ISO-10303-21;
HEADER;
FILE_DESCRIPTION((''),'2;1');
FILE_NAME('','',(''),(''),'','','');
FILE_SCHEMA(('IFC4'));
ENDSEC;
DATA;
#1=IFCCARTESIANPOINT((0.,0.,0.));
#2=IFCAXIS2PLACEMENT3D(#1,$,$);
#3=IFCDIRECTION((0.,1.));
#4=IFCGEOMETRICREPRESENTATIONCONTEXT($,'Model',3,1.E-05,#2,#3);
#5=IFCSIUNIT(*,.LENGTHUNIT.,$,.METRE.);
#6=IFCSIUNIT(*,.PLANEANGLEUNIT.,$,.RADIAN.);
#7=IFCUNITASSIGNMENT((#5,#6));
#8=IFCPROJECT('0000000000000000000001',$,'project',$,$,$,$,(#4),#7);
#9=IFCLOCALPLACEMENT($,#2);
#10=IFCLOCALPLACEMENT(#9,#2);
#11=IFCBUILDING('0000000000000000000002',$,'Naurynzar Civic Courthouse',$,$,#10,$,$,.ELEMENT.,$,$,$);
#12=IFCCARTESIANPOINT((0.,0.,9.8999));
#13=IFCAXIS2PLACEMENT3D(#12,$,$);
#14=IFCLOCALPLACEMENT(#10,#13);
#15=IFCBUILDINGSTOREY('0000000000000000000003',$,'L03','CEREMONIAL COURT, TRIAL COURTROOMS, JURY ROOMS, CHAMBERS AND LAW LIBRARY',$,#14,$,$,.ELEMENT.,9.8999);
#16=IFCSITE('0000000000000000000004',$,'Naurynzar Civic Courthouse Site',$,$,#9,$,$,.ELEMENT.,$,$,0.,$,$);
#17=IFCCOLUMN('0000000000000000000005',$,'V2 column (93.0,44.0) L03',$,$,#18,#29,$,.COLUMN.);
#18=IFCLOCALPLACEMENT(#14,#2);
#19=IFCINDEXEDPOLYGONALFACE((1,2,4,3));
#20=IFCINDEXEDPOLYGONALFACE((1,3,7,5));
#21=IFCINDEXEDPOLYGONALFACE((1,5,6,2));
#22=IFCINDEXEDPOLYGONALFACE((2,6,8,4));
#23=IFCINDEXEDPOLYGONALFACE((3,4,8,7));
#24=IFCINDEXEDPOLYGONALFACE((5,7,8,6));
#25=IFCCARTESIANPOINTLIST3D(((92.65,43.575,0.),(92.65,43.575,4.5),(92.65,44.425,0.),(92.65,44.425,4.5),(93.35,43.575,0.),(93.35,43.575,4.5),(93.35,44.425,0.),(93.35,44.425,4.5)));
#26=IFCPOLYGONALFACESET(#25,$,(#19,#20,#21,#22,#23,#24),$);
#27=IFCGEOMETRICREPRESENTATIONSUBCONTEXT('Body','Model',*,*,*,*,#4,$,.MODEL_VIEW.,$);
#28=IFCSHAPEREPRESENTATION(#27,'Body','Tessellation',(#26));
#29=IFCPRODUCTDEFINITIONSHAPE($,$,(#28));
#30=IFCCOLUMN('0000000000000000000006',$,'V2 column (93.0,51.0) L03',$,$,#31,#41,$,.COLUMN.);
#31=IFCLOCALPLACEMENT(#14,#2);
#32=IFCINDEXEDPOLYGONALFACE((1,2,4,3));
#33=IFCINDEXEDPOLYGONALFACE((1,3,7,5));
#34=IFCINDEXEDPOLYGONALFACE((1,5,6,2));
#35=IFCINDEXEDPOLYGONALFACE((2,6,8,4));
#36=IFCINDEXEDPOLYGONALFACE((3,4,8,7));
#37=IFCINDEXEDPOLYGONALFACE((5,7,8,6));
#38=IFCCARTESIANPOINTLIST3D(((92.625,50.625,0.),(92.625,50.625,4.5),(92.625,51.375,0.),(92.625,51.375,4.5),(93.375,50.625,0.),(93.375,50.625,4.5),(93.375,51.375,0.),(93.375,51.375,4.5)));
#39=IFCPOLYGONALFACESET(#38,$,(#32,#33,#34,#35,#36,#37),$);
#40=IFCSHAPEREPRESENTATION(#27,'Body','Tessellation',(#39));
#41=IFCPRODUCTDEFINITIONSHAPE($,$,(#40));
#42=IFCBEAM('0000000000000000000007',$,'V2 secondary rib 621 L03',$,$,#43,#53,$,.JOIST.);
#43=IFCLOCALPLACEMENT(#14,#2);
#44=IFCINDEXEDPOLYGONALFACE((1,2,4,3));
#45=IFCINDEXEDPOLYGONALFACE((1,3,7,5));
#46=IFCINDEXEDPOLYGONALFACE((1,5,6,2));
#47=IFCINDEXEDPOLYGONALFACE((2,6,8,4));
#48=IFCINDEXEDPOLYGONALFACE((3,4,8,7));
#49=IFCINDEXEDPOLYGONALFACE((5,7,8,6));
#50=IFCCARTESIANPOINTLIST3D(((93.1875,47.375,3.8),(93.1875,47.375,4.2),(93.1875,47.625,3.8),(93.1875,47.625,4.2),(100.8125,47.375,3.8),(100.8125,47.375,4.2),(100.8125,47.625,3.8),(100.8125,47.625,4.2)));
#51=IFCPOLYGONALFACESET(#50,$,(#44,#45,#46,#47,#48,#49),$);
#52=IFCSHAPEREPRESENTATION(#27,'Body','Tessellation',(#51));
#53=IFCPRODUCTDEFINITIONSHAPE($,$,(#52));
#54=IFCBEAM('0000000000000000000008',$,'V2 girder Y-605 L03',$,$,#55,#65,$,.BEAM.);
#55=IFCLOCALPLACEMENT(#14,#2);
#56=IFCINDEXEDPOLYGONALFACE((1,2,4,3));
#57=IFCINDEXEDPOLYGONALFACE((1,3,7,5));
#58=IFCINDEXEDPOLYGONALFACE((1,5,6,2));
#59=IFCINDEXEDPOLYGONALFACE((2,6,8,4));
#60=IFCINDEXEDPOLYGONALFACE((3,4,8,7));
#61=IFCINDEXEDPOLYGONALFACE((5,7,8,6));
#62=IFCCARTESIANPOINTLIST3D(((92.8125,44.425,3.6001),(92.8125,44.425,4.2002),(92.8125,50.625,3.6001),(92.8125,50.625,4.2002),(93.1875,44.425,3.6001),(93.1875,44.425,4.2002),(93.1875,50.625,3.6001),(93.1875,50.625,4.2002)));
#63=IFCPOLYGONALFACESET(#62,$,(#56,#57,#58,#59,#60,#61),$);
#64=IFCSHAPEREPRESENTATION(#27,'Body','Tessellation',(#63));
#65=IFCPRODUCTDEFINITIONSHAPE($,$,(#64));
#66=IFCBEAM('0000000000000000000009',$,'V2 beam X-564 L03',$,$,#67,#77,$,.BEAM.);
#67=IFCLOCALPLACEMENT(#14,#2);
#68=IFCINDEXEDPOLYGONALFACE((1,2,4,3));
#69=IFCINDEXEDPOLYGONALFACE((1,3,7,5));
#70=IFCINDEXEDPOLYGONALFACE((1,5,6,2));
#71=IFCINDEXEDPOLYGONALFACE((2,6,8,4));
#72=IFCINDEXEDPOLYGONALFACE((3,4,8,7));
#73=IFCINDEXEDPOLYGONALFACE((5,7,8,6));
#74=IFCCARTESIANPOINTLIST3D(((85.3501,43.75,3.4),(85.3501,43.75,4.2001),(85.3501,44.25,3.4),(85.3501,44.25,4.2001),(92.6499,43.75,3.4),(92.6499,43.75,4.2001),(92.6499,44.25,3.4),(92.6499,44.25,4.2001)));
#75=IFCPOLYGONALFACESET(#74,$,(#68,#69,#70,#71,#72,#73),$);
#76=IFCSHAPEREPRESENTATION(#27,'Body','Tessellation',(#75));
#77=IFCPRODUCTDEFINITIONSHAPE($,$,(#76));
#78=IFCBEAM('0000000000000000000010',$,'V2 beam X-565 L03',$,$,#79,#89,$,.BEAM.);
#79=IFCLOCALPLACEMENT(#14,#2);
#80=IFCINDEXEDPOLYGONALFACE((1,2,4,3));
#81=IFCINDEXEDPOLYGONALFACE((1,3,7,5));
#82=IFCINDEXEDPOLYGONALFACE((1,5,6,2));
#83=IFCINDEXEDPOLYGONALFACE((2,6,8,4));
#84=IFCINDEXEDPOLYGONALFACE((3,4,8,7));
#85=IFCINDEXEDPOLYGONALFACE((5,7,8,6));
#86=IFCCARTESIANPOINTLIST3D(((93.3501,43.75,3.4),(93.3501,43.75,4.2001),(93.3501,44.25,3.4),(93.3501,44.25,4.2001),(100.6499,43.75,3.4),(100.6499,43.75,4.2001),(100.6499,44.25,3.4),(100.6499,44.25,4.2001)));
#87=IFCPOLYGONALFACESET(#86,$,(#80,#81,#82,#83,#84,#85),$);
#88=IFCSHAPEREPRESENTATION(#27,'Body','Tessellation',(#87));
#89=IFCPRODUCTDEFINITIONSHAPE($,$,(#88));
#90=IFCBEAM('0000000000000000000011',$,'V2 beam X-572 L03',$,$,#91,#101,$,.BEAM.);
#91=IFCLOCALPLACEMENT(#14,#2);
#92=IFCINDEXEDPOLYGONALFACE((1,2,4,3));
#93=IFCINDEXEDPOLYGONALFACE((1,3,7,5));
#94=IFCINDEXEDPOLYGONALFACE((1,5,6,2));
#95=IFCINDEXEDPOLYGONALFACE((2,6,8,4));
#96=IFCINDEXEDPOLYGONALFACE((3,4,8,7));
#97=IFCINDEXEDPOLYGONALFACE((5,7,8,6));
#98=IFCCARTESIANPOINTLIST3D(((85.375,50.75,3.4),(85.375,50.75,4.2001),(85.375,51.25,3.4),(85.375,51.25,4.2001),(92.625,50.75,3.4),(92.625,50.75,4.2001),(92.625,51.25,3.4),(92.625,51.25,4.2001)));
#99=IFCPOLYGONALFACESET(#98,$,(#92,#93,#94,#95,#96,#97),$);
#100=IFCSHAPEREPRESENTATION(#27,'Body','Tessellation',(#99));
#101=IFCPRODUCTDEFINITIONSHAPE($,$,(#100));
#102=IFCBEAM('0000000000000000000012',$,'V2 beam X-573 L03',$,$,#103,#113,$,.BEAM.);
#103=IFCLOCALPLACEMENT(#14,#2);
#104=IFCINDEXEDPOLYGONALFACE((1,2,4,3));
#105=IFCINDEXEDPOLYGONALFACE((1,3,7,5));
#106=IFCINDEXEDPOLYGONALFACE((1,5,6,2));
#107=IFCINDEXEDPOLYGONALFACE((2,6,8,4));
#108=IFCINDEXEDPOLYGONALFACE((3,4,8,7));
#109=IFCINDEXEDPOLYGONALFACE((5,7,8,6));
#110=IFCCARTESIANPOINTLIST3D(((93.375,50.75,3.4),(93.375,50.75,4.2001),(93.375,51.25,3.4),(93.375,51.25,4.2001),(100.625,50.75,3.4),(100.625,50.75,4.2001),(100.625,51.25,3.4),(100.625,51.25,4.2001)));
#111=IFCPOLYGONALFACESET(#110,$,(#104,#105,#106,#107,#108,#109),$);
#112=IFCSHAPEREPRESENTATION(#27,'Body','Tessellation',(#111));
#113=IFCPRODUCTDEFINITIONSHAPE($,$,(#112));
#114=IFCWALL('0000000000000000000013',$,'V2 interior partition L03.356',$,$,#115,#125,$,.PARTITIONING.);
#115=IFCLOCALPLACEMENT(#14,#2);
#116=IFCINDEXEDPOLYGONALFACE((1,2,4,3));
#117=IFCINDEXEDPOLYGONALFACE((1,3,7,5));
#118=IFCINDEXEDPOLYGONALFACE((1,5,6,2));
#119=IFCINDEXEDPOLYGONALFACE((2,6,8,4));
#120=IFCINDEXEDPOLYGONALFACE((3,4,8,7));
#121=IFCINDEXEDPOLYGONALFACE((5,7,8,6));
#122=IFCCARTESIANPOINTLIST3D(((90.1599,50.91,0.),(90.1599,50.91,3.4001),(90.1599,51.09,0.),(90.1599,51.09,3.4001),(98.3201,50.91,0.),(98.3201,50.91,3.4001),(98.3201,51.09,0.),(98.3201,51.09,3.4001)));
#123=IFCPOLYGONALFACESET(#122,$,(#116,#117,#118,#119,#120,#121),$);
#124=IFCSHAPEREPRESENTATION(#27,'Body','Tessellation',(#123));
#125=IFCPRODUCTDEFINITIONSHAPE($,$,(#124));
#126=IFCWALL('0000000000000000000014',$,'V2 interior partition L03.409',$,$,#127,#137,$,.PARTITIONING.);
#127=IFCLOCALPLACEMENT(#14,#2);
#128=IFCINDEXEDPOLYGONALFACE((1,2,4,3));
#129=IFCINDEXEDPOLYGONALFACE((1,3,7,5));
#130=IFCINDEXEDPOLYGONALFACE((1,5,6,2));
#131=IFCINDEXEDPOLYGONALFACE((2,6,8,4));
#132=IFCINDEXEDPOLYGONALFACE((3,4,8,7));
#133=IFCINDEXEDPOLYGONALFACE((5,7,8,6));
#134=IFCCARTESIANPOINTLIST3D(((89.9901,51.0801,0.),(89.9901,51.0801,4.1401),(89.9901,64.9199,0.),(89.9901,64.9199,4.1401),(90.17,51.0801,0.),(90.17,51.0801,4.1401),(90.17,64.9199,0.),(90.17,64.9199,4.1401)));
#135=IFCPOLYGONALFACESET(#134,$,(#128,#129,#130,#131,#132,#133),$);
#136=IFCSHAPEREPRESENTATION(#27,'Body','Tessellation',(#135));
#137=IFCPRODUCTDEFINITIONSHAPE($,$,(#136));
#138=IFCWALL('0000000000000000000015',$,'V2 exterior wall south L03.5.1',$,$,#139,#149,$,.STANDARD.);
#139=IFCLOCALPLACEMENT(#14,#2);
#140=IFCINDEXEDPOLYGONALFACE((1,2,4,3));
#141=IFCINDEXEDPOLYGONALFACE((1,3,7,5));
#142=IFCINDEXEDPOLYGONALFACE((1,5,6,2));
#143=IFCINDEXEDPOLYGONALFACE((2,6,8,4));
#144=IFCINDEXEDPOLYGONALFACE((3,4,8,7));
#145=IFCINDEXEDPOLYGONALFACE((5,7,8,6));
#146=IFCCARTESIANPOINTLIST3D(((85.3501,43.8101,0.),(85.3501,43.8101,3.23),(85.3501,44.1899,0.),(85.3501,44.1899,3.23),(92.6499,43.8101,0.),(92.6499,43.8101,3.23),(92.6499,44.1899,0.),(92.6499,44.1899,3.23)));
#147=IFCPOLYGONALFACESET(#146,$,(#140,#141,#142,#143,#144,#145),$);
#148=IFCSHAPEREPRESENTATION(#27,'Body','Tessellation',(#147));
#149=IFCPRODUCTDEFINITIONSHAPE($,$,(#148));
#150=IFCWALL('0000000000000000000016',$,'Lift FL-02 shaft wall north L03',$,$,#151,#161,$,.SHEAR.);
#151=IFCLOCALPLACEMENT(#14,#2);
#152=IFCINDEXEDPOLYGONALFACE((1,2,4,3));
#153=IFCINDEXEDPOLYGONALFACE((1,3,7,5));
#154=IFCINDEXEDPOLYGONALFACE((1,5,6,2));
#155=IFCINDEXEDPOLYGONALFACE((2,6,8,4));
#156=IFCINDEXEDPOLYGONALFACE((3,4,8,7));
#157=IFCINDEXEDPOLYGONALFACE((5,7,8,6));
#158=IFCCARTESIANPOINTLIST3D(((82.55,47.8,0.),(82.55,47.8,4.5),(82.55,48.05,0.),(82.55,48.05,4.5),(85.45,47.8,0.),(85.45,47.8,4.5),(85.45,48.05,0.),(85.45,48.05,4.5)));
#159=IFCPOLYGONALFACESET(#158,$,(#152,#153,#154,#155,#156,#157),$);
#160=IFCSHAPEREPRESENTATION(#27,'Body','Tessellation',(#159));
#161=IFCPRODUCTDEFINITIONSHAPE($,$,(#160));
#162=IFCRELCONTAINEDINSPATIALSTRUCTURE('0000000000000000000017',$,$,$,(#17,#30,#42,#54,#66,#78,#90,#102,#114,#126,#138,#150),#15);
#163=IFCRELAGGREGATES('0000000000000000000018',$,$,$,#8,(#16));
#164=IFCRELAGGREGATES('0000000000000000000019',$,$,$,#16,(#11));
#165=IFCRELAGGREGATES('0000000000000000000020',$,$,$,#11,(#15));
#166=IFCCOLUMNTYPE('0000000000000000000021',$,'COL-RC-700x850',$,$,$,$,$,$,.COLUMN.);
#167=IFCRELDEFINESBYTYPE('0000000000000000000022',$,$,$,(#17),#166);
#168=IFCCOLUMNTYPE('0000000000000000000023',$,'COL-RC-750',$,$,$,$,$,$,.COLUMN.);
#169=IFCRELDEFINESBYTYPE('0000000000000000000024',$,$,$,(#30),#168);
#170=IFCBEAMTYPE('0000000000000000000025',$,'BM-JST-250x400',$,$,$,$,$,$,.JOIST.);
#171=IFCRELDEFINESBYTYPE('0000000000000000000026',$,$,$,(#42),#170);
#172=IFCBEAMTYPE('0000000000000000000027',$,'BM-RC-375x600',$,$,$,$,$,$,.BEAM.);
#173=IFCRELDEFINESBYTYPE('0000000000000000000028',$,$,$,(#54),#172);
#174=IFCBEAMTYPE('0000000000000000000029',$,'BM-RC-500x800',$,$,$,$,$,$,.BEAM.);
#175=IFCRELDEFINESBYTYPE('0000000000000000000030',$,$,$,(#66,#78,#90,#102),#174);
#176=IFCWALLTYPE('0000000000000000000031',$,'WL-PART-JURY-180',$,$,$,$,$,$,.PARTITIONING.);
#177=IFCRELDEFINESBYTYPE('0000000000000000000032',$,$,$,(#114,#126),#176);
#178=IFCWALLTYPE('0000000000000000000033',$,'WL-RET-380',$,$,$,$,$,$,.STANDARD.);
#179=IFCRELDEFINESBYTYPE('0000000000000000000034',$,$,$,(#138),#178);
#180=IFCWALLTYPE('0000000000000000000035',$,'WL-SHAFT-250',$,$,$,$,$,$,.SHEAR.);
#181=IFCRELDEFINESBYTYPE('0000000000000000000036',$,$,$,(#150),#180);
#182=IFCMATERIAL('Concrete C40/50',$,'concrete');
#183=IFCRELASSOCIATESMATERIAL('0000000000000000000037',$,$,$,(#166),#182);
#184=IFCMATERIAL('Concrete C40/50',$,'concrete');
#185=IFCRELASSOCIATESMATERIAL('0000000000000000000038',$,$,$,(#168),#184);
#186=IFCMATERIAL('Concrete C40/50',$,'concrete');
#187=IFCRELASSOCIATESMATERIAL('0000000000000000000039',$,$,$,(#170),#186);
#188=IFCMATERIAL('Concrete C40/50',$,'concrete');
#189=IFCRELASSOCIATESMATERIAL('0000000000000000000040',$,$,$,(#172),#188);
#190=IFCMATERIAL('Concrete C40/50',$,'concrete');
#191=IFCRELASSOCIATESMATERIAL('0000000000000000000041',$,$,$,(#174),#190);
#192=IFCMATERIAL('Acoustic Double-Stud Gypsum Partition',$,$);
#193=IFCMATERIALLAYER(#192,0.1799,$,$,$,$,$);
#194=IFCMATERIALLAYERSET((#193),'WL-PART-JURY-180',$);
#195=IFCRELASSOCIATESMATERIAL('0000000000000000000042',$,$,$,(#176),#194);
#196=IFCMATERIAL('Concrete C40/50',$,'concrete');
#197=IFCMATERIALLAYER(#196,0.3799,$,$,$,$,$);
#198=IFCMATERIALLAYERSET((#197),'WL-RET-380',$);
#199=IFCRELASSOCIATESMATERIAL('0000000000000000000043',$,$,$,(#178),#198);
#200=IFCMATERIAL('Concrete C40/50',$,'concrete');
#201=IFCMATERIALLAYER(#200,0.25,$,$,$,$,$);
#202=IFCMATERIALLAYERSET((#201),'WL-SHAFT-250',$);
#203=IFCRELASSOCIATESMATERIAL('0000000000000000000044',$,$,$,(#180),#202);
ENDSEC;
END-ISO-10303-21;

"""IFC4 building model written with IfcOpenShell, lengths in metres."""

from ifc_helpers import new_model, si_unit, direction, frame, frame_2d, origin, origin_2d, place, context, subcontext, project, spatial, rectangle, extrude, material, layer, layer_set, material_profile, profile_set, type_object, element, save


model = new_model("IFC4")

# Units and contexts
model_context = context("Model", 3, precision=1e-05, world=origin(), true_north=direction((0.0, 1.0)))
body_context = subcontext(model_context, "Body", "Model", "MODEL_VIEW")
ifc_project = project(units=[si_unit("LENGTHUNIT", "METRE"), si_unit("PLANEANGLEUNIT", "RADIAN")], contexts=[model_context])

# Site, building, storey
site_placement = place(None, origin())
site = spatial("IfcSite", under=ifc_project, at=site_placement, Name="Naurynzar Civic Courthouse Site", CompositionType="ELEMENT", RefElevation=0.0)
building_placement = place(site_placement, origin())
building = spatial("IfcBuilding", under=site, at=building_placement, Name="Naurynzar Civic Courthouse", CompositionType="ELEMENT")
storey_placement = place(building_placement, frame((0.0, 0.0, 9.8999)))
storey = spatial("IfcBuildingStorey", under=building, at=storey_placement, Name="L03", Description="CEREMONIAL COURT, TRIAL COURTROOMS, JURY ROOMS, CHAMBERS AND LAW LIBRARY", CompositionType="ELEMENT", Elevation=9.8999)

# Columns
ifc_material_1 = material(Name="Concrete C40/50", Category="concrete")
ifc_material_profile_1 = material_profile(ifc_material_1, rectangle(XDim=0.7, YDim=0.8501, at=origin_2d()), Name="RC 700x850")
ifc_profile_set_1 = profile_set([ifc_material_profile_1], Name="Concrete C40/50")
column_type_1 = type_object("IfcColumnType", Name="COL-RC-700x850", PredefinedType="COLUMN", material=ifc_profile_set_1)
column_1_placement = place(storey_placement, frame((93.0, 44.0, 0.0), z_axis=(0.0, 0.0, 1.0), x_axis=(1.0, 0.0, 0.0)))
element("IfcColumn", 1, at=column_1_placement, inside=storey, type_object=column_type_1, Name="V2 column (93.0,44.0) L03", PredefinedType="COLUMN", context=body_context, shape_type="SweptSolid", body=[
    extrude(rectangle(XDim=0.7, YDim=0.8501, at=origin_2d()), origin(), (0.0, 0.0, 1.0), 4.5),
])
ifc_material_2 = material(Name="Concrete C40/50", Category="concrete")
ifc_material_profile_2 = material_profile(ifc_material_2, rectangle(XDim=0.75, YDim=0.75, at=origin_2d()), Name="RC 750x750")
ifc_profile_set_2 = profile_set([ifc_material_profile_2], Name="Concrete C40/50")
column_type_2 = type_object("IfcColumnType", Name="COL-RC-750", PredefinedType="COLUMN", material=ifc_profile_set_2)
column_2_placement = place(storey_placement, frame((93.0, 51.0, 0.0), z_axis=(0.0, 0.0, 1.0), x_axis=(1.0, 0.0, 0.0)))
element("IfcColumn", 2, at=column_2_placement, inside=storey, type_object=column_type_2, Name="V2 column (93.0,51.0) L03", PredefinedType="COLUMN", context=body_context, shape_type="SweptSolid", body=[
    extrude(rectangle(XDim=0.75, YDim=0.75, at=origin_2d()), origin(), (0.0, 0.0, 1.0), 4.5),
])

# Beams
ifc_material_3 = material(Name="Concrete C40/50", Category="concrete")
ifc_material_profile_3 = material_profile(ifc_material_3, rectangle(XDim=0.25, YDim=0.3999, at=origin_2d()), Name="RCB 250x400")
ifc_profile_set_3 = profile_set([ifc_material_profile_3], Name="Concrete C40/50")
beam_type_1 = type_object("IfcBeamType", Name="BM-JST-250x400", PredefinedType="JOIST", material=ifc_profile_set_3)
beam_1_placement = place(storey_placement, frame((93.1875, 47.5, 4.0), z_axis=(1.0, 0.0, 0.0), x_axis=(0.0, 1.0, 0.0)))
element("IfcBeam", 3, at=beam_1_placement, inside=storey, type_object=beam_type_1, Name="V2 secondary rib 621 L03", PredefinedType="JOIST", context=body_context, shape_type="SweptSolid", body=[
    extrude(rectangle(XDim=0.25, YDim=0.3999, at=origin_2d()), origin(), (0.0, 0.0, 1.0), 7.625),
])
ifc_material_4 = material(Name="Concrete C40/50", Category="concrete")
ifc_material_profile_4 = material_profile(ifc_material_4, rectangle(XDim=0.375, YDim=0.6001, at=origin_2d()), Name="RCB 375x600")
ifc_profile_set_4 = profile_set([ifc_material_profile_4], Name="Concrete C40/50")
beam_type_2 = type_object("IfcBeamType", Name="BM-RC-375x600", PredefinedType="BEAM", material=ifc_profile_set_4)
beam_2_placement = place(storey_placement, frame((93.0, 44.425, 3.9001), z_axis=(0.0, 1.0, 0.0), x_axis=(-1.0, 0.0, 0.0)))
element("IfcBeam", 4, at=beam_2_placement, inside=storey, type_object=beam_type_2, Name="V2 girder Y-605 L03", PredefinedType="BEAM", context=body_context, shape_type="SweptSolid", body=[
    extrude(rectangle(XDim=0.375, YDim=0.6001, at=origin_2d()), origin(), (0.0, 0.0, 1.0), 6.2),
])
ifc_material_5 = material(Name="Concrete C40/50", Category="concrete")
ifc_material_profile_5 = material_profile(ifc_material_5, rectangle(XDim=0.5, YDim=0.8, at=origin_2d()), Name="RCB 500x800")
ifc_profile_set_5 = profile_set([ifc_material_profile_5], Name="Concrete C40/50")
beam_type_3 = type_object("IfcBeamType", Name="BM-RC-500x800", PredefinedType="BEAM", material=ifc_profile_set_5)
for number, where, z_axis, x_axis, name in (
    (5, (85.3501, 44.0, 3.8), (1.0, 0.0, 0.0), (0.0, 1.0, 0.0), "V2 beam X-564 L03"),
    (6, (93.3501, 44.0, 3.8), (1.0, 0.0, 0.0), (0.0, 1.0, 0.0), "V2 beam X-565 L03"),
):
    element("IfcBeam", number, at=place(storey_placement, frame(where, z_axis=z_axis, x_axis=x_axis)), inside=storey, type_object=beam_type_3, Name=name, PredefinedType="BEAM", context=body_context, shape_type="SweptSolid", body=[
        extrude(rectangle(XDim=0.5, YDim=0.8, at=origin_2d()), origin(), (0.0, 0.0, 1.0), 7.2998),
    ])
for number, where, z_axis, x_axis, name in (
    (7, (85.375, 51.0, 3.8), (1.0, 0.0, 0.0), (0.0, 1.0, 0.0), "V2 beam X-572 L03"),
    (8, (93.375, 51.0, 3.8), (1.0, 0.0, 0.0), (0.0, 1.0, 0.0), "V2 beam X-573 L03"),
):
    element("IfcBeam", number, at=place(storey_placement, frame(where, z_axis=z_axis, x_axis=x_axis)), inside=storey, type_object=beam_type_3, Name=name, PredefinedType="BEAM", context=body_context, shape_type="SweptSolid", body=[
        extrude(rectangle(XDim=0.5, YDim=0.8, at=origin_2d()), origin(), (0.0, 0.0, 1.0), 7.25),
    ])

# Walls
ifc_material_6 = material(Name="Acoustic Double-Stud Gypsum Partition")
ifc_layer_1 = layer(ifc_material_6, 0.1799)
ifc_layer_set_1 = layer_set([ifc_layer_1], Name="WL-PART-JURY-180")
wall_type_1 = type_object("IfcWallType", Name="WL-PART-JURY-180", PredefinedType="PARTITIONING", material=ifc_layer_set_1)
wall_1_placement = place(storey_placement, frame((90.1599, 51.0, 0.0), z_axis=(0.0, 0.0, 1.0), x_axis=(1.0, 0.0, 0.0)))
element("IfcWall", 9, at=wall_1_placement, inside=storey, type_object=wall_type_1, Name="V2 interior partition L03.356", PredefinedType="PARTITIONING", context=body_context, shape_type="SweptSolid", body=[
    extrude(rectangle(XDim=8.1602, YDim=0.1799, at=frame_2d((4.0801, 0.0))), origin(), (0.0, 0.0, 1.0), 3.4001),
])
wall_2_placement = place(storey_placement, frame((90.0801, 51.0801, 0.0), z_axis=(0.0, 0.0, 1.0), x_axis=(0.0, 1.0, 0.0)))
element("IfcWall", 10, at=wall_2_placement, inside=storey, type_object=wall_type_1, Name="V2 interior partition L03.409", PredefinedType="PARTITIONING", context=body_context, shape_type="SweptSolid", body=[
    extrude(rectangle(XDim=13.8398, YDim=0.1799, at=frame_2d((6.9199, 0.0))), origin(), (0.0, 0.0, 1.0), 4.1401),
])
ifc_material_7 = material(Name="Concrete C40/50", Category="concrete")
ifc_layer_2 = layer(ifc_material_7, 0.3799)
ifc_layer_set_2 = layer_set([ifc_layer_2], Name="WL-RET-380")
wall_type_2 = type_object("IfcWallType", Name="WL-RET-380", PredefinedType="STANDARD", material=ifc_layer_set_2)
wall_3_placement = place(storey_placement, frame((92.6499, 44.0, 0.0), z_axis=(0.0, 0.0, 1.0), x_axis=(-1.0, 0.0, 0.0)))
element("IfcWall", 11, at=wall_3_placement, inside=storey, type_object=wall_type_2, Name="V2 exterior wall south L03.5.1", PredefinedType="STANDARD", context=body_context, shape_type="SweptSolid", body=[
    extrude(rectangle(XDim=7.2998, YDim=0.3799, at=frame_2d((3.6499, 0.0))), origin(), (0.0, 0.0, 1.0), 3.23),
])
ifc_material_8 = material(Name="Concrete C40/50", Category="concrete")
ifc_layer_3 = layer(ifc_material_8, 0.25)
ifc_layer_set_3 = layer_set([ifc_layer_3], Name="WL-SHAFT-250")
wall_type_3 = type_object("IfcWallType", Name="WL-SHAFT-250", PredefinedType="SHEAR", material=ifc_layer_set_3)
wall_4_placement = place(storey_placement, frame((85.45, 47.925, 0.0), z_axis=(0.0, 0.0, 1.0), x_axis=(-1.0, 0.0, 0.0)))
element("IfcWall", 12, at=wall_4_placement, inside=storey, type_object=wall_type_3, Name="Lift FL-02 shaft wall north L03", PredefinedType="SHEAR", context=body_context, shape_type="SweptSolid", body=[
    extrude(rectangle(XDim=2.8999, YDim=0.25, at=frame_2d((1.45, 0.0))), origin(), (0.0, 0.0, 1.0), 4.5),
])

save(model, "model.ifc")
